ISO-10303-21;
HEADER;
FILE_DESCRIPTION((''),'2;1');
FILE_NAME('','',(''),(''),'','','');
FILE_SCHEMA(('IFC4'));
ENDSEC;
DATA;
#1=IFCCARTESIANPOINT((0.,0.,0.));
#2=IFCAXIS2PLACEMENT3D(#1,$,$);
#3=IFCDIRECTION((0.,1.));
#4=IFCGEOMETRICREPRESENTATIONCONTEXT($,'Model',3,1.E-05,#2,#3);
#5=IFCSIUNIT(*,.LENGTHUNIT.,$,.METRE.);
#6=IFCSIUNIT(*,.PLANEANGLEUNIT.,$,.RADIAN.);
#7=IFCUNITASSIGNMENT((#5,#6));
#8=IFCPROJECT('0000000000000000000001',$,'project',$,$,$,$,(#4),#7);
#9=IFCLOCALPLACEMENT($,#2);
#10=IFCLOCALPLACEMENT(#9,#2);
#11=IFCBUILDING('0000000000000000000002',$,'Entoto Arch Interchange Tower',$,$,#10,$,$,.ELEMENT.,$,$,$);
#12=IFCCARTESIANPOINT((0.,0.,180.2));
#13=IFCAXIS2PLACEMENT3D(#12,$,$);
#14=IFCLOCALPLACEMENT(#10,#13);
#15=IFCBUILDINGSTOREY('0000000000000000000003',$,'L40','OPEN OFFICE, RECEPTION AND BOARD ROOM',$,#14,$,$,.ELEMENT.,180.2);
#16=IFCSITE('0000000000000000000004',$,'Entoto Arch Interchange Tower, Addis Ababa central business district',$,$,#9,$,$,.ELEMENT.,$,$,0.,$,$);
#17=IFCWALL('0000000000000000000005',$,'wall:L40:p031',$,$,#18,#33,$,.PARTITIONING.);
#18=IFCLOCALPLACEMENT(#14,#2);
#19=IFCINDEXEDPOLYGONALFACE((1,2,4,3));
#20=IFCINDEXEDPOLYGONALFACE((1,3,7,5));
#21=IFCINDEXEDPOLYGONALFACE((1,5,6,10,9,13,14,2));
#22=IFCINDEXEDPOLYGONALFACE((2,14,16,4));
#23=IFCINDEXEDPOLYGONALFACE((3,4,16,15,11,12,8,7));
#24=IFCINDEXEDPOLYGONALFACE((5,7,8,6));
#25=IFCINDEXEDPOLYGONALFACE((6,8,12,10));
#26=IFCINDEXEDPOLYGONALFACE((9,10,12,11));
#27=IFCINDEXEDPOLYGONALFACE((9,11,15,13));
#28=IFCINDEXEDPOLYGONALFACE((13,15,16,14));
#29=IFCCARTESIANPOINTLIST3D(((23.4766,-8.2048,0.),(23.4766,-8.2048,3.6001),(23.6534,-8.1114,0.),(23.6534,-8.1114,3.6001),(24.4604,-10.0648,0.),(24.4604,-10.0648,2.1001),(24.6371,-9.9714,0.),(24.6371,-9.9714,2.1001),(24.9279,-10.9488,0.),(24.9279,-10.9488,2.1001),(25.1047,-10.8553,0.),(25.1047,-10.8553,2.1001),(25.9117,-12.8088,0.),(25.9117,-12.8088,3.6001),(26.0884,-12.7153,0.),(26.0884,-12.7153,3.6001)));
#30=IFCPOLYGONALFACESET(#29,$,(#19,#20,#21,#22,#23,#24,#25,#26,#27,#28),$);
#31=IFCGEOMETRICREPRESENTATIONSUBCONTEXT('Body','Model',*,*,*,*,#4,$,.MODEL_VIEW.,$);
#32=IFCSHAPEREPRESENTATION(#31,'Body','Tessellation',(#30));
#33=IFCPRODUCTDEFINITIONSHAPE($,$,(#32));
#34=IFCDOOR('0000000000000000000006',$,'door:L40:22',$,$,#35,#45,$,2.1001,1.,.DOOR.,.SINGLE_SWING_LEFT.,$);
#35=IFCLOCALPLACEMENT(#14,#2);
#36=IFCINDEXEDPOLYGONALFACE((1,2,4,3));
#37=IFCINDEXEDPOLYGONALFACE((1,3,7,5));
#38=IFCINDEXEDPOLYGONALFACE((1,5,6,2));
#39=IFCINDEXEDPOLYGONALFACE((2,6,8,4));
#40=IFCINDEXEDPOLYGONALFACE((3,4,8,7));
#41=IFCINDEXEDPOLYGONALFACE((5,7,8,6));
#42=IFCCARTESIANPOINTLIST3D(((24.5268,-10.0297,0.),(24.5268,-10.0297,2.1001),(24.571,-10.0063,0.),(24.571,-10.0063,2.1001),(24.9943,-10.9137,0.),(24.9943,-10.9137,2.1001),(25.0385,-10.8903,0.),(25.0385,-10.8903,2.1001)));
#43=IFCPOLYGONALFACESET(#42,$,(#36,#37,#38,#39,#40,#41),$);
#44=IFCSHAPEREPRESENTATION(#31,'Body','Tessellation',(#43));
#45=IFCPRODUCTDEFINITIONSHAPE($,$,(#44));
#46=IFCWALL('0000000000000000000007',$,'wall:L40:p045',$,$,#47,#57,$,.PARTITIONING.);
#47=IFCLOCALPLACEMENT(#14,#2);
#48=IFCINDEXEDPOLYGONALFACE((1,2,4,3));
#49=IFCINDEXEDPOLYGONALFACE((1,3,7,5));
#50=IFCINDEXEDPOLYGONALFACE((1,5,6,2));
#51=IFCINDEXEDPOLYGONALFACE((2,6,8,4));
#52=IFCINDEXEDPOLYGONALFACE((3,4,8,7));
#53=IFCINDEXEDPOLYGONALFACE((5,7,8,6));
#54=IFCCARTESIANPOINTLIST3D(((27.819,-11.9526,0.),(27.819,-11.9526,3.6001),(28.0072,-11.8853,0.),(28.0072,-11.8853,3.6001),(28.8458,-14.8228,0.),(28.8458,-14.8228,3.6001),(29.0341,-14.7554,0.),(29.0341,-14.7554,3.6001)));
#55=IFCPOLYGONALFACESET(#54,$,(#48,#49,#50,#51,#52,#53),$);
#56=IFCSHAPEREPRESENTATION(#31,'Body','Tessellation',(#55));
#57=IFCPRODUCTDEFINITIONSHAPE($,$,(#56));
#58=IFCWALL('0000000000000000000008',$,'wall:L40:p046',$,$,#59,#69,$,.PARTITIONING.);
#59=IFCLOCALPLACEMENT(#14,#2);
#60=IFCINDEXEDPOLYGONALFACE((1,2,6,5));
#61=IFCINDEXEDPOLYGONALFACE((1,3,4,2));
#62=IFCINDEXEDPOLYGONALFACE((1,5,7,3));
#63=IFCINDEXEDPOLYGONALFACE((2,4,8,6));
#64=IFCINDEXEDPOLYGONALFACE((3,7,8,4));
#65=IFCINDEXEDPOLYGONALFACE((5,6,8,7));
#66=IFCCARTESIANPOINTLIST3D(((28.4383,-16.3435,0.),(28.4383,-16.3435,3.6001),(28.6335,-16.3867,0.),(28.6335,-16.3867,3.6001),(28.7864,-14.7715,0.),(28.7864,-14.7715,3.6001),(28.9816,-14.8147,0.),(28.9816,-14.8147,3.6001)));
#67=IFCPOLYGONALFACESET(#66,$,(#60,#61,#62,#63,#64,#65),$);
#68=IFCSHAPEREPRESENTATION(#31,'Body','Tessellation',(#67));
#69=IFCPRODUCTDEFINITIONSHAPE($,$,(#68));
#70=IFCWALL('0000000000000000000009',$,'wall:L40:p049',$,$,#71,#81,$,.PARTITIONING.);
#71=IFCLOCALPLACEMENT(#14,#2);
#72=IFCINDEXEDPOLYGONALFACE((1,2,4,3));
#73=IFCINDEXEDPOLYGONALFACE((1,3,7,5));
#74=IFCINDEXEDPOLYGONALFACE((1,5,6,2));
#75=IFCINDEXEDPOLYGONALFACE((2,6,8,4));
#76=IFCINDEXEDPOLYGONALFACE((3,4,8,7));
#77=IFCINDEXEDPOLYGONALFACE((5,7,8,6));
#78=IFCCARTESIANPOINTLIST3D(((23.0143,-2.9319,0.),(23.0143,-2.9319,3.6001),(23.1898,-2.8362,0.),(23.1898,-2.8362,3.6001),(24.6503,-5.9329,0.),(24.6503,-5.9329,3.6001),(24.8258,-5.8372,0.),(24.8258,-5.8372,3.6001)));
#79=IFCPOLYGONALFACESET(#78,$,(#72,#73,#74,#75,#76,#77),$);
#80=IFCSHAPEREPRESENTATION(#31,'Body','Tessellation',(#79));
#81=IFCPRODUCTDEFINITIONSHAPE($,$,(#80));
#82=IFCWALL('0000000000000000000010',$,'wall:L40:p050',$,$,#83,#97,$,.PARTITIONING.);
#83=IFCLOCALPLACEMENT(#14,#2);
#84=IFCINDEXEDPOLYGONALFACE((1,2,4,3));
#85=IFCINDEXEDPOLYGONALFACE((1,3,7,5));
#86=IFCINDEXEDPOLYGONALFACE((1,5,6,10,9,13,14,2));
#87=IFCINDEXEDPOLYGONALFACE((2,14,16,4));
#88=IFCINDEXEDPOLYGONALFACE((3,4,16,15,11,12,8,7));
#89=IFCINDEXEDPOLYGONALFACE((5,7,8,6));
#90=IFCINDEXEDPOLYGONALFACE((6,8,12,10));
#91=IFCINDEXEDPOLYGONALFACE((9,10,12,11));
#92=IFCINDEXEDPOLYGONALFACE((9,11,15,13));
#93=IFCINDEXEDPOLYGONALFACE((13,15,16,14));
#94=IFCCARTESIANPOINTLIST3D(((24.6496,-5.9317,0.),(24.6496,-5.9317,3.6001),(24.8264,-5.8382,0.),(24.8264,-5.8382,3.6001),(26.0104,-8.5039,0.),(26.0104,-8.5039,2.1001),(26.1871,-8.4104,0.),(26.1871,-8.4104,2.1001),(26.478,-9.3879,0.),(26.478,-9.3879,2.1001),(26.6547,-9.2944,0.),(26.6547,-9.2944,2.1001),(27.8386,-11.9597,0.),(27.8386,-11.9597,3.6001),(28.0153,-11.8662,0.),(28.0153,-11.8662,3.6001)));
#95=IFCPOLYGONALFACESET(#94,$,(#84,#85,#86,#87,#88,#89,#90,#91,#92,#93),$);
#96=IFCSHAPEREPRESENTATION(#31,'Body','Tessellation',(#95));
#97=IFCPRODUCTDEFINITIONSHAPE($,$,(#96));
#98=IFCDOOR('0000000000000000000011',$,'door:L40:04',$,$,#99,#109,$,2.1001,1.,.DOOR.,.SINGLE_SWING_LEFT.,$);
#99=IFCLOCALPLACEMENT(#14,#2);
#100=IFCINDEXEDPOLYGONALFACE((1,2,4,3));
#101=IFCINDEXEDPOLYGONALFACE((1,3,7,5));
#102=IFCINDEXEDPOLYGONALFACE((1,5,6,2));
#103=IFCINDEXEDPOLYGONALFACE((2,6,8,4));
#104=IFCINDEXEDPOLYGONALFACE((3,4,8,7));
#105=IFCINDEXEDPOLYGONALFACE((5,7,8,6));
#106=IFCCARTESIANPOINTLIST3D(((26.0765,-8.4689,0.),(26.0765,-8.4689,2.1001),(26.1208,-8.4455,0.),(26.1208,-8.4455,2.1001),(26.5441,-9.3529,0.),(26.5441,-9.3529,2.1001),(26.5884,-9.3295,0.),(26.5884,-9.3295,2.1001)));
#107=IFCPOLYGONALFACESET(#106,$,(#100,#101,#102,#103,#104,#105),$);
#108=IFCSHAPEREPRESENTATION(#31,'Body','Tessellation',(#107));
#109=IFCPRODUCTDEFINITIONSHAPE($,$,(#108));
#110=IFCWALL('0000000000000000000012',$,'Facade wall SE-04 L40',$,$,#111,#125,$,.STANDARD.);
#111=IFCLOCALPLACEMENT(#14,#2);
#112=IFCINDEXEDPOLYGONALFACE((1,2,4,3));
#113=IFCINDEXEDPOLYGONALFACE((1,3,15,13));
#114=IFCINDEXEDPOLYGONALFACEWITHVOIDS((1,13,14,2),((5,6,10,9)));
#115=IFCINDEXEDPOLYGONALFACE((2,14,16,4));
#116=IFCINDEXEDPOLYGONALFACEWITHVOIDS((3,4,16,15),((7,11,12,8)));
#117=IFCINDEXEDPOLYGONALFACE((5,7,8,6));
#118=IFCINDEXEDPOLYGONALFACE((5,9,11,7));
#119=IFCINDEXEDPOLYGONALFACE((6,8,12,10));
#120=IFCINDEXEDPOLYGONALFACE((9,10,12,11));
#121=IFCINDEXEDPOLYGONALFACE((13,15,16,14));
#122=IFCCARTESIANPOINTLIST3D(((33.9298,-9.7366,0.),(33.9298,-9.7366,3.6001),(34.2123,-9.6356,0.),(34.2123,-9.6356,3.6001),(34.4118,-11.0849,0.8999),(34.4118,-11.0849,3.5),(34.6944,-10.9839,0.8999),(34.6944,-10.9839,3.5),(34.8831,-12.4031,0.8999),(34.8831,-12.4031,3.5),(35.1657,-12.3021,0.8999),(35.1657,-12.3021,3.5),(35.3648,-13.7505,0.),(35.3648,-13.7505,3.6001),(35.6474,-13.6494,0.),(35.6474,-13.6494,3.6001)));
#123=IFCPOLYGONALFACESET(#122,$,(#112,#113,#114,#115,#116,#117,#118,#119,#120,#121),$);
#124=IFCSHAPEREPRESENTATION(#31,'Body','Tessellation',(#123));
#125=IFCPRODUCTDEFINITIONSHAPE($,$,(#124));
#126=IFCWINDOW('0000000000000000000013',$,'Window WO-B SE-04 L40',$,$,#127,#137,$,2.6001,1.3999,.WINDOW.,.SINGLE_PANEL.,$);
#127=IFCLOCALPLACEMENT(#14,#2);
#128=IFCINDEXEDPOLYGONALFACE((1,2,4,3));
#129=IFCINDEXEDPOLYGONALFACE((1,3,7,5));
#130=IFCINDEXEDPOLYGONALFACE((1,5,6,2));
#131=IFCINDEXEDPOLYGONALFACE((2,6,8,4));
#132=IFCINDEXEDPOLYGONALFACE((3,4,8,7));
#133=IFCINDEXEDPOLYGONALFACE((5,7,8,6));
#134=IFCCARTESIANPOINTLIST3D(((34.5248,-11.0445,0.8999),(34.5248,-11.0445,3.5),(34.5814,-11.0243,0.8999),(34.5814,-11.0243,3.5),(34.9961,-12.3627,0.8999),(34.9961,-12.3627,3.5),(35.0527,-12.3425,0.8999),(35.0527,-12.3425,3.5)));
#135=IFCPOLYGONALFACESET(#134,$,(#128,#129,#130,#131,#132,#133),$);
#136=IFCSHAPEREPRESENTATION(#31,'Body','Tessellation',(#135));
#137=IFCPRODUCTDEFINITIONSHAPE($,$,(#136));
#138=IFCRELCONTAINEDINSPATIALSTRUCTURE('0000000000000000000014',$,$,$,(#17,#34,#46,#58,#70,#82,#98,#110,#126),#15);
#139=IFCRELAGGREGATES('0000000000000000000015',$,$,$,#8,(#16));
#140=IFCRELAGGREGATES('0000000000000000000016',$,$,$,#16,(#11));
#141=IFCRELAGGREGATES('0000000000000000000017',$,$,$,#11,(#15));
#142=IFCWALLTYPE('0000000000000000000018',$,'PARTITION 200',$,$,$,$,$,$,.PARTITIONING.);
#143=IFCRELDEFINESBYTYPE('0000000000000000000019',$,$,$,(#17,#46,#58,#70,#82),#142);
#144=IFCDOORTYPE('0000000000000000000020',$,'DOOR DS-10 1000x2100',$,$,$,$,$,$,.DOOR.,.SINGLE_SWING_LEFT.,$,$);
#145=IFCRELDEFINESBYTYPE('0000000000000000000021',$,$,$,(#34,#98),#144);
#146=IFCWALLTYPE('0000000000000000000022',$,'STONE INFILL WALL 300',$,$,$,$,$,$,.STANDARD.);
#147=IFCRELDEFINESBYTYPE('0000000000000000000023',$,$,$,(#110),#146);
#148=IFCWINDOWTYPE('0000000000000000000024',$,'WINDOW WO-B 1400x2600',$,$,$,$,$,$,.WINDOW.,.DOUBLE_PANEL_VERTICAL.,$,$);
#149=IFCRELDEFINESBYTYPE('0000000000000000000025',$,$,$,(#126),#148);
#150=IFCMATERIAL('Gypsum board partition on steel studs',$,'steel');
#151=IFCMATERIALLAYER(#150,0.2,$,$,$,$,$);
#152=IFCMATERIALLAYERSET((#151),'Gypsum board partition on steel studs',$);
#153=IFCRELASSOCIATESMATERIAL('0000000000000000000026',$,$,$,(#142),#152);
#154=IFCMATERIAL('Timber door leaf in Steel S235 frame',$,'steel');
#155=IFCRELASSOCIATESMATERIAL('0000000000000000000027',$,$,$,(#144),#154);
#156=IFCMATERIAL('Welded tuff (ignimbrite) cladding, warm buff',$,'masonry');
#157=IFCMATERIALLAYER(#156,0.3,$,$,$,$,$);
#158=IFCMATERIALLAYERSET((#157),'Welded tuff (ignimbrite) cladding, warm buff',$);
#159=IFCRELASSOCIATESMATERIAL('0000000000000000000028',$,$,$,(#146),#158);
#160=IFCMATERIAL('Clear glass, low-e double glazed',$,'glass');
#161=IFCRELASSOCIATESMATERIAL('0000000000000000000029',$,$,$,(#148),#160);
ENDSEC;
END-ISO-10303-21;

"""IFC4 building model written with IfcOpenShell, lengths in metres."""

from ifc_helpers import new_model, si_unit, direction, frame, frame_2d, origin, place, context, subcontext, project, spatial, rectangle, extrude, material, layer, layer_set, type_object, element, fill, save


model = new_model("IFC4")

# Units and contexts
model_context = context("Model", 3, precision=1e-05, world=origin(), true_north=direction((0.0, 1.0)))
body_context = subcontext(model_context, "Body", "Model", "MODEL_VIEW")
ifc_project = project(units=[si_unit("LENGTHUNIT", "METRE"), si_unit("PLANEANGLEUNIT", "RADIAN")], contexts=[model_context])

# Site, building, storey
site_placement = place(None, origin())
site = spatial("IfcSite", under=ifc_project, at=site_placement, Name="Entoto Arch Interchange Tower, Addis Ababa central business district", CompositionType="ELEMENT", RefElevation=0.0)
building_placement = place(site_placement, origin())
building = spatial("IfcBuilding", under=site, at=building_placement, Name="Entoto Arch Interchange Tower", CompositionType="ELEMENT")
storey_placement = place(building_placement, frame((0.0, 0.0, 180.2)))
storey = spatial("IfcBuildingStorey", under=building, at=storey_placement, Name="L40", Description="OPEN OFFICE, RECEPTION AND BOARD ROOM", CompositionType="ELEMENT", Elevation=180.2)

# Shared definitions
ifc_material_1 = material(Name="Gypsum board partition on steel studs", Category="steel")
ifc_layer_1 = layer(ifc_material_1, 0.2)
ifc_layer_set_1 = layer_set([ifc_layer_1], Name="Gypsum board partition on steel studs")
wall_type_1 = type_object("IfcWallType", Name="PARTITION 200", PredefinedType="PARTITIONING", material=ifc_layer_set_1)

# Shared definitions
ifc_material_2 = material(Name="Timber door leaf in Steel S235 frame", Category="steel")
door_type = type_object("IfcDoorType", Name="DOOR DS-10 1000x2100", OperationType="SINGLE_SWING_LEFT", PredefinedType="DOOR", material=ifc_material_2)

# Wall, opening, door
wall_1_placement = place(storey_placement, frame((26.0, -12.762, 0.0), z_axis=(0.0, 0.0, 1.0), x_axis=(-0.467534, 0.883975, 0.0)))
wall_1 = element("IfcWall", 1, at=wall_1_placement, inside=storey, type_object=wall_type_1, Name="wall:L40:p031", PredefinedType="PARTITIONING", context=body_context, shape_type="SweptSolid", body=[
    extrude(rectangle(XDim=5.2083, YDim=0.2, at=frame_2d((2.604, 0.0))), origin(), (0.0, 0.0, 1.0), 3.6001),
])
opening_1_placement = place(wall_1_placement, frame((2.104, 0.0, 0.0)))
opening_1 = element("IfcOpeningElement", 2, at=opening_1_placement, cuts=wall_1, PredefinedType="OPENING", context=body_context, shape_type="SweptSolid", body=[
    extrude(rectangle(XDim=1.0, YDim=2.1001, at=frame_2d((0.5, 1.05))), frame((0.0, 0.1099, 0.0), z_axis=(0.0, -1.0, 0.0), x_axis=(1.0, 0.0, 0.0)), (0.0, 0.0, 1.0), 0.22),
])
door_1_placement = place(opening_1_placement, origin())
door_1 = element("IfcDoor", 3, at=door_1_placement, inside=storey, type_object=door_type, Name="door:L40:22", OperationType="SINGLE_SWING_LEFT", OverallHeight=2.1001, OverallWidth=1.0, PredefinedType="DOOR", context=body_context, shape_type="SweptSolid", body=[
    extrude(rectangle(XDim=1.0, YDim=2.1001, at=frame_2d((0.5, 1.05))), frame((0.0, 0.0249, 0.0), z_axis=(0.0, -1.0, 0.0), x_axis=(1.0, 0.0, 0.0)), (0.0, 0.0, 1.0), 0.05),
])
fill(opening_1, door_1)

# Walls
wall_2_placement = place(storey_placement, frame((27.9131, -11.9189, 0.0), z_axis=(0.0, 0.0, 1.0), x_axis=(0.336864, -0.941553, 0.0)))
element("IfcWall", 4, at=wall_2_placement, inside=storey, type_object=wall_type_1, Name="wall:L40:p045", PredefinedType="PARTITIONING", context=body_context, shape_type="SweptSolid", body=[
    extrude(rectangle(XDim=3.0483, YDim=0.2, at=frame_2d((1.5242, 0.0))), origin(), (0.0, 0.0, 1.0), 3.6001),
])
wall_3_placement = place(storey_placement, frame((28.884, -14.793, 0.0), z_axis=(0.0, 0.0, 1.0), x_axis=(-0.216224, -0.976344, 0.0)))
element("IfcWall", 5, at=wall_3_placement, inside=storey, type_object=wall_type_1, Name="wall:L40:p046", PredefinedType="PARTITIONING", context=body_context, shape_type="SweptSolid", body=[
    extrude(rectangle(XDim=1.6101, YDim=0.2, at=frame_2d((0.8052, 0.0))), origin(), (0.0, 0.0, 1.0), 3.6001),
])
wall_4_placement = place(storey_placement, frame((23.1021, -2.884, 0.0), z_axis=(0.0, 0.0, 1.0), x_axis=(0.478647, -0.878007, 0.0)))
element("IfcWall", 6, at=wall_4_placement, inside=storey, type_object=wall_type_1, Name="wall:L40:p049", PredefinedType="PARTITIONING", context=body_context, shape_type="SweptSolid", body=[
    extrude(rectangle(XDim=3.418, YDim=0.2, at=frame_2d((1.709, 0.0))), origin(), (0.0, 0.0, 1.0), 3.6001),
])

# Wall, opening, door
wall_5_placement = place(storey_placement, frame((24.738, -5.885, 0.0), z_axis=(0.0, 0.0, 1.0), x_axis=(0.467616, -0.883932, 0.0)))
wall_5 = element("IfcWall", 7, at=wall_5_placement, inside=storey, type_object=wall_type_1, Name="wall:L40:p050", PredefinedType="PARTITIONING", context=body_context, shape_type="SweptSolid", body=[
    extrude(rectangle(XDim=6.8196, YDim=0.2, at=frame_2d((3.4097, 0.0))), origin(), (0.0, 0.0, 1.0), 3.6001),
])
opening_2_placement = place(wall_5_placement, frame((2.9099, 0.0, 0.0)))
opening_2 = element("IfcOpeningElement", 8, at=opening_2_placement, cuts=wall_5, PredefinedType="OPENING", context=body_context, shape_type="SweptSolid", body=[
    extrude(rectangle(XDim=1.0, YDim=2.1001, at=frame_2d((0.5, 1.05))), frame((0.0, 0.1099, 0.0), z_axis=(0.0, -1.0, 0.0), x_axis=(1.0, 0.0, 0.0)), (0.0, 0.0, 1.0), 0.22),
])
door_2_placement = place(opening_2_placement, origin())
door_2 = element("IfcDoor", 9, at=door_2_placement, inside=storey, type_object=door_type, Name="door:L40:04", OperationType="SINGLE_SWING_LEFT", OverallHeight=2.1001, OverallWidth=1.0, PredefinedType="DOOR", context=body_context, shape_type="SweptSolid", body=[
    extrude(rectangle(XDim=1.0, YDim=2.1001, at=frame_2d((0.5, 1.05))), frame((0.0, 0.0249, 0.0), z_axis=(0.0, -1.0, 0.0), x_axis=(1.0, 0.0, 0.0)), (0.0, 0.0, 1.0), 0.05),
])
fill(opening_2, door_2)

# Wall, opening, window
ifc_material_3 = material(Name="Welded tuff (ignimbrite) cladding, warm buff", Category="masonry")
ifc_layer_2 = layer(ifc_material_3, 0.3)
ifc_layer_set_2 = layer_set([ifc_layer_2], Name="Welded tuff (ignimbrite) cladding, warm buff")
wall_type_2 = type_object("IfcWallType", Name="STONE INFILL WALL 300", PredefinedType="STANDARD", material=ifc_layer_set_2)
wall_6_placement = place(storey_placement, frame((35.5061, -13.7, 0.0), z_axis=(0.0, 0.0, 1.0), x_axis=(-0.336652, 0.941629, 0.0)))
wall_6 = element("IfcWall", 10, at=wall_6_placement, inside=storey, type_object=wall_type_2, Name="Facade wall SE-04 L40", PredefinedType="STANDARD", context=body_context, shape_type="SweptSolid", body=[
    extrude(rectangle(XDim=4.2627, YDim=0.3, at=frame_2d((2.1313, 0.0))), origin(), (0.0, 0.0, 1.0), 3.6001),
])
opening_3_placement = place(wall_6_placement, frame((1.4309, 0.0, 0.8999)))
opening_3 = element("IfcOpeningElement", 11, at=opening_3_placement, cuts=wall_6, PredefinedType="OPENING", context=body_context, shape_type="SweptSolid", body=[
    extrude(rectangle(XDim=1.3999, YDim=2.6001, at=frame_2d((0.7, 1.3))), frame((0.0, 0.1602, 0.0), z_axis=(0.0, -1.0, 0.0), x_axis=(1.0, 0.0, 0.0)), (0.0, 0.0, 1.0), 0.3201),
])
ifc_material_4 = material(Name="Clear glass, low-e double glazed", Category="glass")
window_type_1 = type_object("IfcWindowType", Name="WINDOW WO-B 1400x2600", PartitioningType="DOUBLE_PANEL_VERTICAL", PredefinedType="WINDOW", material=ifc_material_4)
window_1_placement = place(opening_3_placement, origin())
window_1 = element("IfcWindow", 12, at=window_1_placement, inside=storey, type_object=window_type_1, Name="Window WO-B SE-04 L40", OverallHeight=2.6001, OverallWidth=1.3999, PartitioningType="SINGLE_PANEL", PredefinedType="WINDOW", context=body_context, shape_type="SweptSolid", body=[
    extrude(rectangle(XDim=1.3999, YDim=2.6001, at=frame_2d((0.7, 1.3))), frame((0.0, 0.03, 0.0), z_axis=(0.0, -1.0, 0.0), x_axis=(1.0, 0.0, 0.0)), (0.0, 0.0, 1.0), 0.0601),
])
fill(opening_3, window_1)

save(model, "model.ifc")
